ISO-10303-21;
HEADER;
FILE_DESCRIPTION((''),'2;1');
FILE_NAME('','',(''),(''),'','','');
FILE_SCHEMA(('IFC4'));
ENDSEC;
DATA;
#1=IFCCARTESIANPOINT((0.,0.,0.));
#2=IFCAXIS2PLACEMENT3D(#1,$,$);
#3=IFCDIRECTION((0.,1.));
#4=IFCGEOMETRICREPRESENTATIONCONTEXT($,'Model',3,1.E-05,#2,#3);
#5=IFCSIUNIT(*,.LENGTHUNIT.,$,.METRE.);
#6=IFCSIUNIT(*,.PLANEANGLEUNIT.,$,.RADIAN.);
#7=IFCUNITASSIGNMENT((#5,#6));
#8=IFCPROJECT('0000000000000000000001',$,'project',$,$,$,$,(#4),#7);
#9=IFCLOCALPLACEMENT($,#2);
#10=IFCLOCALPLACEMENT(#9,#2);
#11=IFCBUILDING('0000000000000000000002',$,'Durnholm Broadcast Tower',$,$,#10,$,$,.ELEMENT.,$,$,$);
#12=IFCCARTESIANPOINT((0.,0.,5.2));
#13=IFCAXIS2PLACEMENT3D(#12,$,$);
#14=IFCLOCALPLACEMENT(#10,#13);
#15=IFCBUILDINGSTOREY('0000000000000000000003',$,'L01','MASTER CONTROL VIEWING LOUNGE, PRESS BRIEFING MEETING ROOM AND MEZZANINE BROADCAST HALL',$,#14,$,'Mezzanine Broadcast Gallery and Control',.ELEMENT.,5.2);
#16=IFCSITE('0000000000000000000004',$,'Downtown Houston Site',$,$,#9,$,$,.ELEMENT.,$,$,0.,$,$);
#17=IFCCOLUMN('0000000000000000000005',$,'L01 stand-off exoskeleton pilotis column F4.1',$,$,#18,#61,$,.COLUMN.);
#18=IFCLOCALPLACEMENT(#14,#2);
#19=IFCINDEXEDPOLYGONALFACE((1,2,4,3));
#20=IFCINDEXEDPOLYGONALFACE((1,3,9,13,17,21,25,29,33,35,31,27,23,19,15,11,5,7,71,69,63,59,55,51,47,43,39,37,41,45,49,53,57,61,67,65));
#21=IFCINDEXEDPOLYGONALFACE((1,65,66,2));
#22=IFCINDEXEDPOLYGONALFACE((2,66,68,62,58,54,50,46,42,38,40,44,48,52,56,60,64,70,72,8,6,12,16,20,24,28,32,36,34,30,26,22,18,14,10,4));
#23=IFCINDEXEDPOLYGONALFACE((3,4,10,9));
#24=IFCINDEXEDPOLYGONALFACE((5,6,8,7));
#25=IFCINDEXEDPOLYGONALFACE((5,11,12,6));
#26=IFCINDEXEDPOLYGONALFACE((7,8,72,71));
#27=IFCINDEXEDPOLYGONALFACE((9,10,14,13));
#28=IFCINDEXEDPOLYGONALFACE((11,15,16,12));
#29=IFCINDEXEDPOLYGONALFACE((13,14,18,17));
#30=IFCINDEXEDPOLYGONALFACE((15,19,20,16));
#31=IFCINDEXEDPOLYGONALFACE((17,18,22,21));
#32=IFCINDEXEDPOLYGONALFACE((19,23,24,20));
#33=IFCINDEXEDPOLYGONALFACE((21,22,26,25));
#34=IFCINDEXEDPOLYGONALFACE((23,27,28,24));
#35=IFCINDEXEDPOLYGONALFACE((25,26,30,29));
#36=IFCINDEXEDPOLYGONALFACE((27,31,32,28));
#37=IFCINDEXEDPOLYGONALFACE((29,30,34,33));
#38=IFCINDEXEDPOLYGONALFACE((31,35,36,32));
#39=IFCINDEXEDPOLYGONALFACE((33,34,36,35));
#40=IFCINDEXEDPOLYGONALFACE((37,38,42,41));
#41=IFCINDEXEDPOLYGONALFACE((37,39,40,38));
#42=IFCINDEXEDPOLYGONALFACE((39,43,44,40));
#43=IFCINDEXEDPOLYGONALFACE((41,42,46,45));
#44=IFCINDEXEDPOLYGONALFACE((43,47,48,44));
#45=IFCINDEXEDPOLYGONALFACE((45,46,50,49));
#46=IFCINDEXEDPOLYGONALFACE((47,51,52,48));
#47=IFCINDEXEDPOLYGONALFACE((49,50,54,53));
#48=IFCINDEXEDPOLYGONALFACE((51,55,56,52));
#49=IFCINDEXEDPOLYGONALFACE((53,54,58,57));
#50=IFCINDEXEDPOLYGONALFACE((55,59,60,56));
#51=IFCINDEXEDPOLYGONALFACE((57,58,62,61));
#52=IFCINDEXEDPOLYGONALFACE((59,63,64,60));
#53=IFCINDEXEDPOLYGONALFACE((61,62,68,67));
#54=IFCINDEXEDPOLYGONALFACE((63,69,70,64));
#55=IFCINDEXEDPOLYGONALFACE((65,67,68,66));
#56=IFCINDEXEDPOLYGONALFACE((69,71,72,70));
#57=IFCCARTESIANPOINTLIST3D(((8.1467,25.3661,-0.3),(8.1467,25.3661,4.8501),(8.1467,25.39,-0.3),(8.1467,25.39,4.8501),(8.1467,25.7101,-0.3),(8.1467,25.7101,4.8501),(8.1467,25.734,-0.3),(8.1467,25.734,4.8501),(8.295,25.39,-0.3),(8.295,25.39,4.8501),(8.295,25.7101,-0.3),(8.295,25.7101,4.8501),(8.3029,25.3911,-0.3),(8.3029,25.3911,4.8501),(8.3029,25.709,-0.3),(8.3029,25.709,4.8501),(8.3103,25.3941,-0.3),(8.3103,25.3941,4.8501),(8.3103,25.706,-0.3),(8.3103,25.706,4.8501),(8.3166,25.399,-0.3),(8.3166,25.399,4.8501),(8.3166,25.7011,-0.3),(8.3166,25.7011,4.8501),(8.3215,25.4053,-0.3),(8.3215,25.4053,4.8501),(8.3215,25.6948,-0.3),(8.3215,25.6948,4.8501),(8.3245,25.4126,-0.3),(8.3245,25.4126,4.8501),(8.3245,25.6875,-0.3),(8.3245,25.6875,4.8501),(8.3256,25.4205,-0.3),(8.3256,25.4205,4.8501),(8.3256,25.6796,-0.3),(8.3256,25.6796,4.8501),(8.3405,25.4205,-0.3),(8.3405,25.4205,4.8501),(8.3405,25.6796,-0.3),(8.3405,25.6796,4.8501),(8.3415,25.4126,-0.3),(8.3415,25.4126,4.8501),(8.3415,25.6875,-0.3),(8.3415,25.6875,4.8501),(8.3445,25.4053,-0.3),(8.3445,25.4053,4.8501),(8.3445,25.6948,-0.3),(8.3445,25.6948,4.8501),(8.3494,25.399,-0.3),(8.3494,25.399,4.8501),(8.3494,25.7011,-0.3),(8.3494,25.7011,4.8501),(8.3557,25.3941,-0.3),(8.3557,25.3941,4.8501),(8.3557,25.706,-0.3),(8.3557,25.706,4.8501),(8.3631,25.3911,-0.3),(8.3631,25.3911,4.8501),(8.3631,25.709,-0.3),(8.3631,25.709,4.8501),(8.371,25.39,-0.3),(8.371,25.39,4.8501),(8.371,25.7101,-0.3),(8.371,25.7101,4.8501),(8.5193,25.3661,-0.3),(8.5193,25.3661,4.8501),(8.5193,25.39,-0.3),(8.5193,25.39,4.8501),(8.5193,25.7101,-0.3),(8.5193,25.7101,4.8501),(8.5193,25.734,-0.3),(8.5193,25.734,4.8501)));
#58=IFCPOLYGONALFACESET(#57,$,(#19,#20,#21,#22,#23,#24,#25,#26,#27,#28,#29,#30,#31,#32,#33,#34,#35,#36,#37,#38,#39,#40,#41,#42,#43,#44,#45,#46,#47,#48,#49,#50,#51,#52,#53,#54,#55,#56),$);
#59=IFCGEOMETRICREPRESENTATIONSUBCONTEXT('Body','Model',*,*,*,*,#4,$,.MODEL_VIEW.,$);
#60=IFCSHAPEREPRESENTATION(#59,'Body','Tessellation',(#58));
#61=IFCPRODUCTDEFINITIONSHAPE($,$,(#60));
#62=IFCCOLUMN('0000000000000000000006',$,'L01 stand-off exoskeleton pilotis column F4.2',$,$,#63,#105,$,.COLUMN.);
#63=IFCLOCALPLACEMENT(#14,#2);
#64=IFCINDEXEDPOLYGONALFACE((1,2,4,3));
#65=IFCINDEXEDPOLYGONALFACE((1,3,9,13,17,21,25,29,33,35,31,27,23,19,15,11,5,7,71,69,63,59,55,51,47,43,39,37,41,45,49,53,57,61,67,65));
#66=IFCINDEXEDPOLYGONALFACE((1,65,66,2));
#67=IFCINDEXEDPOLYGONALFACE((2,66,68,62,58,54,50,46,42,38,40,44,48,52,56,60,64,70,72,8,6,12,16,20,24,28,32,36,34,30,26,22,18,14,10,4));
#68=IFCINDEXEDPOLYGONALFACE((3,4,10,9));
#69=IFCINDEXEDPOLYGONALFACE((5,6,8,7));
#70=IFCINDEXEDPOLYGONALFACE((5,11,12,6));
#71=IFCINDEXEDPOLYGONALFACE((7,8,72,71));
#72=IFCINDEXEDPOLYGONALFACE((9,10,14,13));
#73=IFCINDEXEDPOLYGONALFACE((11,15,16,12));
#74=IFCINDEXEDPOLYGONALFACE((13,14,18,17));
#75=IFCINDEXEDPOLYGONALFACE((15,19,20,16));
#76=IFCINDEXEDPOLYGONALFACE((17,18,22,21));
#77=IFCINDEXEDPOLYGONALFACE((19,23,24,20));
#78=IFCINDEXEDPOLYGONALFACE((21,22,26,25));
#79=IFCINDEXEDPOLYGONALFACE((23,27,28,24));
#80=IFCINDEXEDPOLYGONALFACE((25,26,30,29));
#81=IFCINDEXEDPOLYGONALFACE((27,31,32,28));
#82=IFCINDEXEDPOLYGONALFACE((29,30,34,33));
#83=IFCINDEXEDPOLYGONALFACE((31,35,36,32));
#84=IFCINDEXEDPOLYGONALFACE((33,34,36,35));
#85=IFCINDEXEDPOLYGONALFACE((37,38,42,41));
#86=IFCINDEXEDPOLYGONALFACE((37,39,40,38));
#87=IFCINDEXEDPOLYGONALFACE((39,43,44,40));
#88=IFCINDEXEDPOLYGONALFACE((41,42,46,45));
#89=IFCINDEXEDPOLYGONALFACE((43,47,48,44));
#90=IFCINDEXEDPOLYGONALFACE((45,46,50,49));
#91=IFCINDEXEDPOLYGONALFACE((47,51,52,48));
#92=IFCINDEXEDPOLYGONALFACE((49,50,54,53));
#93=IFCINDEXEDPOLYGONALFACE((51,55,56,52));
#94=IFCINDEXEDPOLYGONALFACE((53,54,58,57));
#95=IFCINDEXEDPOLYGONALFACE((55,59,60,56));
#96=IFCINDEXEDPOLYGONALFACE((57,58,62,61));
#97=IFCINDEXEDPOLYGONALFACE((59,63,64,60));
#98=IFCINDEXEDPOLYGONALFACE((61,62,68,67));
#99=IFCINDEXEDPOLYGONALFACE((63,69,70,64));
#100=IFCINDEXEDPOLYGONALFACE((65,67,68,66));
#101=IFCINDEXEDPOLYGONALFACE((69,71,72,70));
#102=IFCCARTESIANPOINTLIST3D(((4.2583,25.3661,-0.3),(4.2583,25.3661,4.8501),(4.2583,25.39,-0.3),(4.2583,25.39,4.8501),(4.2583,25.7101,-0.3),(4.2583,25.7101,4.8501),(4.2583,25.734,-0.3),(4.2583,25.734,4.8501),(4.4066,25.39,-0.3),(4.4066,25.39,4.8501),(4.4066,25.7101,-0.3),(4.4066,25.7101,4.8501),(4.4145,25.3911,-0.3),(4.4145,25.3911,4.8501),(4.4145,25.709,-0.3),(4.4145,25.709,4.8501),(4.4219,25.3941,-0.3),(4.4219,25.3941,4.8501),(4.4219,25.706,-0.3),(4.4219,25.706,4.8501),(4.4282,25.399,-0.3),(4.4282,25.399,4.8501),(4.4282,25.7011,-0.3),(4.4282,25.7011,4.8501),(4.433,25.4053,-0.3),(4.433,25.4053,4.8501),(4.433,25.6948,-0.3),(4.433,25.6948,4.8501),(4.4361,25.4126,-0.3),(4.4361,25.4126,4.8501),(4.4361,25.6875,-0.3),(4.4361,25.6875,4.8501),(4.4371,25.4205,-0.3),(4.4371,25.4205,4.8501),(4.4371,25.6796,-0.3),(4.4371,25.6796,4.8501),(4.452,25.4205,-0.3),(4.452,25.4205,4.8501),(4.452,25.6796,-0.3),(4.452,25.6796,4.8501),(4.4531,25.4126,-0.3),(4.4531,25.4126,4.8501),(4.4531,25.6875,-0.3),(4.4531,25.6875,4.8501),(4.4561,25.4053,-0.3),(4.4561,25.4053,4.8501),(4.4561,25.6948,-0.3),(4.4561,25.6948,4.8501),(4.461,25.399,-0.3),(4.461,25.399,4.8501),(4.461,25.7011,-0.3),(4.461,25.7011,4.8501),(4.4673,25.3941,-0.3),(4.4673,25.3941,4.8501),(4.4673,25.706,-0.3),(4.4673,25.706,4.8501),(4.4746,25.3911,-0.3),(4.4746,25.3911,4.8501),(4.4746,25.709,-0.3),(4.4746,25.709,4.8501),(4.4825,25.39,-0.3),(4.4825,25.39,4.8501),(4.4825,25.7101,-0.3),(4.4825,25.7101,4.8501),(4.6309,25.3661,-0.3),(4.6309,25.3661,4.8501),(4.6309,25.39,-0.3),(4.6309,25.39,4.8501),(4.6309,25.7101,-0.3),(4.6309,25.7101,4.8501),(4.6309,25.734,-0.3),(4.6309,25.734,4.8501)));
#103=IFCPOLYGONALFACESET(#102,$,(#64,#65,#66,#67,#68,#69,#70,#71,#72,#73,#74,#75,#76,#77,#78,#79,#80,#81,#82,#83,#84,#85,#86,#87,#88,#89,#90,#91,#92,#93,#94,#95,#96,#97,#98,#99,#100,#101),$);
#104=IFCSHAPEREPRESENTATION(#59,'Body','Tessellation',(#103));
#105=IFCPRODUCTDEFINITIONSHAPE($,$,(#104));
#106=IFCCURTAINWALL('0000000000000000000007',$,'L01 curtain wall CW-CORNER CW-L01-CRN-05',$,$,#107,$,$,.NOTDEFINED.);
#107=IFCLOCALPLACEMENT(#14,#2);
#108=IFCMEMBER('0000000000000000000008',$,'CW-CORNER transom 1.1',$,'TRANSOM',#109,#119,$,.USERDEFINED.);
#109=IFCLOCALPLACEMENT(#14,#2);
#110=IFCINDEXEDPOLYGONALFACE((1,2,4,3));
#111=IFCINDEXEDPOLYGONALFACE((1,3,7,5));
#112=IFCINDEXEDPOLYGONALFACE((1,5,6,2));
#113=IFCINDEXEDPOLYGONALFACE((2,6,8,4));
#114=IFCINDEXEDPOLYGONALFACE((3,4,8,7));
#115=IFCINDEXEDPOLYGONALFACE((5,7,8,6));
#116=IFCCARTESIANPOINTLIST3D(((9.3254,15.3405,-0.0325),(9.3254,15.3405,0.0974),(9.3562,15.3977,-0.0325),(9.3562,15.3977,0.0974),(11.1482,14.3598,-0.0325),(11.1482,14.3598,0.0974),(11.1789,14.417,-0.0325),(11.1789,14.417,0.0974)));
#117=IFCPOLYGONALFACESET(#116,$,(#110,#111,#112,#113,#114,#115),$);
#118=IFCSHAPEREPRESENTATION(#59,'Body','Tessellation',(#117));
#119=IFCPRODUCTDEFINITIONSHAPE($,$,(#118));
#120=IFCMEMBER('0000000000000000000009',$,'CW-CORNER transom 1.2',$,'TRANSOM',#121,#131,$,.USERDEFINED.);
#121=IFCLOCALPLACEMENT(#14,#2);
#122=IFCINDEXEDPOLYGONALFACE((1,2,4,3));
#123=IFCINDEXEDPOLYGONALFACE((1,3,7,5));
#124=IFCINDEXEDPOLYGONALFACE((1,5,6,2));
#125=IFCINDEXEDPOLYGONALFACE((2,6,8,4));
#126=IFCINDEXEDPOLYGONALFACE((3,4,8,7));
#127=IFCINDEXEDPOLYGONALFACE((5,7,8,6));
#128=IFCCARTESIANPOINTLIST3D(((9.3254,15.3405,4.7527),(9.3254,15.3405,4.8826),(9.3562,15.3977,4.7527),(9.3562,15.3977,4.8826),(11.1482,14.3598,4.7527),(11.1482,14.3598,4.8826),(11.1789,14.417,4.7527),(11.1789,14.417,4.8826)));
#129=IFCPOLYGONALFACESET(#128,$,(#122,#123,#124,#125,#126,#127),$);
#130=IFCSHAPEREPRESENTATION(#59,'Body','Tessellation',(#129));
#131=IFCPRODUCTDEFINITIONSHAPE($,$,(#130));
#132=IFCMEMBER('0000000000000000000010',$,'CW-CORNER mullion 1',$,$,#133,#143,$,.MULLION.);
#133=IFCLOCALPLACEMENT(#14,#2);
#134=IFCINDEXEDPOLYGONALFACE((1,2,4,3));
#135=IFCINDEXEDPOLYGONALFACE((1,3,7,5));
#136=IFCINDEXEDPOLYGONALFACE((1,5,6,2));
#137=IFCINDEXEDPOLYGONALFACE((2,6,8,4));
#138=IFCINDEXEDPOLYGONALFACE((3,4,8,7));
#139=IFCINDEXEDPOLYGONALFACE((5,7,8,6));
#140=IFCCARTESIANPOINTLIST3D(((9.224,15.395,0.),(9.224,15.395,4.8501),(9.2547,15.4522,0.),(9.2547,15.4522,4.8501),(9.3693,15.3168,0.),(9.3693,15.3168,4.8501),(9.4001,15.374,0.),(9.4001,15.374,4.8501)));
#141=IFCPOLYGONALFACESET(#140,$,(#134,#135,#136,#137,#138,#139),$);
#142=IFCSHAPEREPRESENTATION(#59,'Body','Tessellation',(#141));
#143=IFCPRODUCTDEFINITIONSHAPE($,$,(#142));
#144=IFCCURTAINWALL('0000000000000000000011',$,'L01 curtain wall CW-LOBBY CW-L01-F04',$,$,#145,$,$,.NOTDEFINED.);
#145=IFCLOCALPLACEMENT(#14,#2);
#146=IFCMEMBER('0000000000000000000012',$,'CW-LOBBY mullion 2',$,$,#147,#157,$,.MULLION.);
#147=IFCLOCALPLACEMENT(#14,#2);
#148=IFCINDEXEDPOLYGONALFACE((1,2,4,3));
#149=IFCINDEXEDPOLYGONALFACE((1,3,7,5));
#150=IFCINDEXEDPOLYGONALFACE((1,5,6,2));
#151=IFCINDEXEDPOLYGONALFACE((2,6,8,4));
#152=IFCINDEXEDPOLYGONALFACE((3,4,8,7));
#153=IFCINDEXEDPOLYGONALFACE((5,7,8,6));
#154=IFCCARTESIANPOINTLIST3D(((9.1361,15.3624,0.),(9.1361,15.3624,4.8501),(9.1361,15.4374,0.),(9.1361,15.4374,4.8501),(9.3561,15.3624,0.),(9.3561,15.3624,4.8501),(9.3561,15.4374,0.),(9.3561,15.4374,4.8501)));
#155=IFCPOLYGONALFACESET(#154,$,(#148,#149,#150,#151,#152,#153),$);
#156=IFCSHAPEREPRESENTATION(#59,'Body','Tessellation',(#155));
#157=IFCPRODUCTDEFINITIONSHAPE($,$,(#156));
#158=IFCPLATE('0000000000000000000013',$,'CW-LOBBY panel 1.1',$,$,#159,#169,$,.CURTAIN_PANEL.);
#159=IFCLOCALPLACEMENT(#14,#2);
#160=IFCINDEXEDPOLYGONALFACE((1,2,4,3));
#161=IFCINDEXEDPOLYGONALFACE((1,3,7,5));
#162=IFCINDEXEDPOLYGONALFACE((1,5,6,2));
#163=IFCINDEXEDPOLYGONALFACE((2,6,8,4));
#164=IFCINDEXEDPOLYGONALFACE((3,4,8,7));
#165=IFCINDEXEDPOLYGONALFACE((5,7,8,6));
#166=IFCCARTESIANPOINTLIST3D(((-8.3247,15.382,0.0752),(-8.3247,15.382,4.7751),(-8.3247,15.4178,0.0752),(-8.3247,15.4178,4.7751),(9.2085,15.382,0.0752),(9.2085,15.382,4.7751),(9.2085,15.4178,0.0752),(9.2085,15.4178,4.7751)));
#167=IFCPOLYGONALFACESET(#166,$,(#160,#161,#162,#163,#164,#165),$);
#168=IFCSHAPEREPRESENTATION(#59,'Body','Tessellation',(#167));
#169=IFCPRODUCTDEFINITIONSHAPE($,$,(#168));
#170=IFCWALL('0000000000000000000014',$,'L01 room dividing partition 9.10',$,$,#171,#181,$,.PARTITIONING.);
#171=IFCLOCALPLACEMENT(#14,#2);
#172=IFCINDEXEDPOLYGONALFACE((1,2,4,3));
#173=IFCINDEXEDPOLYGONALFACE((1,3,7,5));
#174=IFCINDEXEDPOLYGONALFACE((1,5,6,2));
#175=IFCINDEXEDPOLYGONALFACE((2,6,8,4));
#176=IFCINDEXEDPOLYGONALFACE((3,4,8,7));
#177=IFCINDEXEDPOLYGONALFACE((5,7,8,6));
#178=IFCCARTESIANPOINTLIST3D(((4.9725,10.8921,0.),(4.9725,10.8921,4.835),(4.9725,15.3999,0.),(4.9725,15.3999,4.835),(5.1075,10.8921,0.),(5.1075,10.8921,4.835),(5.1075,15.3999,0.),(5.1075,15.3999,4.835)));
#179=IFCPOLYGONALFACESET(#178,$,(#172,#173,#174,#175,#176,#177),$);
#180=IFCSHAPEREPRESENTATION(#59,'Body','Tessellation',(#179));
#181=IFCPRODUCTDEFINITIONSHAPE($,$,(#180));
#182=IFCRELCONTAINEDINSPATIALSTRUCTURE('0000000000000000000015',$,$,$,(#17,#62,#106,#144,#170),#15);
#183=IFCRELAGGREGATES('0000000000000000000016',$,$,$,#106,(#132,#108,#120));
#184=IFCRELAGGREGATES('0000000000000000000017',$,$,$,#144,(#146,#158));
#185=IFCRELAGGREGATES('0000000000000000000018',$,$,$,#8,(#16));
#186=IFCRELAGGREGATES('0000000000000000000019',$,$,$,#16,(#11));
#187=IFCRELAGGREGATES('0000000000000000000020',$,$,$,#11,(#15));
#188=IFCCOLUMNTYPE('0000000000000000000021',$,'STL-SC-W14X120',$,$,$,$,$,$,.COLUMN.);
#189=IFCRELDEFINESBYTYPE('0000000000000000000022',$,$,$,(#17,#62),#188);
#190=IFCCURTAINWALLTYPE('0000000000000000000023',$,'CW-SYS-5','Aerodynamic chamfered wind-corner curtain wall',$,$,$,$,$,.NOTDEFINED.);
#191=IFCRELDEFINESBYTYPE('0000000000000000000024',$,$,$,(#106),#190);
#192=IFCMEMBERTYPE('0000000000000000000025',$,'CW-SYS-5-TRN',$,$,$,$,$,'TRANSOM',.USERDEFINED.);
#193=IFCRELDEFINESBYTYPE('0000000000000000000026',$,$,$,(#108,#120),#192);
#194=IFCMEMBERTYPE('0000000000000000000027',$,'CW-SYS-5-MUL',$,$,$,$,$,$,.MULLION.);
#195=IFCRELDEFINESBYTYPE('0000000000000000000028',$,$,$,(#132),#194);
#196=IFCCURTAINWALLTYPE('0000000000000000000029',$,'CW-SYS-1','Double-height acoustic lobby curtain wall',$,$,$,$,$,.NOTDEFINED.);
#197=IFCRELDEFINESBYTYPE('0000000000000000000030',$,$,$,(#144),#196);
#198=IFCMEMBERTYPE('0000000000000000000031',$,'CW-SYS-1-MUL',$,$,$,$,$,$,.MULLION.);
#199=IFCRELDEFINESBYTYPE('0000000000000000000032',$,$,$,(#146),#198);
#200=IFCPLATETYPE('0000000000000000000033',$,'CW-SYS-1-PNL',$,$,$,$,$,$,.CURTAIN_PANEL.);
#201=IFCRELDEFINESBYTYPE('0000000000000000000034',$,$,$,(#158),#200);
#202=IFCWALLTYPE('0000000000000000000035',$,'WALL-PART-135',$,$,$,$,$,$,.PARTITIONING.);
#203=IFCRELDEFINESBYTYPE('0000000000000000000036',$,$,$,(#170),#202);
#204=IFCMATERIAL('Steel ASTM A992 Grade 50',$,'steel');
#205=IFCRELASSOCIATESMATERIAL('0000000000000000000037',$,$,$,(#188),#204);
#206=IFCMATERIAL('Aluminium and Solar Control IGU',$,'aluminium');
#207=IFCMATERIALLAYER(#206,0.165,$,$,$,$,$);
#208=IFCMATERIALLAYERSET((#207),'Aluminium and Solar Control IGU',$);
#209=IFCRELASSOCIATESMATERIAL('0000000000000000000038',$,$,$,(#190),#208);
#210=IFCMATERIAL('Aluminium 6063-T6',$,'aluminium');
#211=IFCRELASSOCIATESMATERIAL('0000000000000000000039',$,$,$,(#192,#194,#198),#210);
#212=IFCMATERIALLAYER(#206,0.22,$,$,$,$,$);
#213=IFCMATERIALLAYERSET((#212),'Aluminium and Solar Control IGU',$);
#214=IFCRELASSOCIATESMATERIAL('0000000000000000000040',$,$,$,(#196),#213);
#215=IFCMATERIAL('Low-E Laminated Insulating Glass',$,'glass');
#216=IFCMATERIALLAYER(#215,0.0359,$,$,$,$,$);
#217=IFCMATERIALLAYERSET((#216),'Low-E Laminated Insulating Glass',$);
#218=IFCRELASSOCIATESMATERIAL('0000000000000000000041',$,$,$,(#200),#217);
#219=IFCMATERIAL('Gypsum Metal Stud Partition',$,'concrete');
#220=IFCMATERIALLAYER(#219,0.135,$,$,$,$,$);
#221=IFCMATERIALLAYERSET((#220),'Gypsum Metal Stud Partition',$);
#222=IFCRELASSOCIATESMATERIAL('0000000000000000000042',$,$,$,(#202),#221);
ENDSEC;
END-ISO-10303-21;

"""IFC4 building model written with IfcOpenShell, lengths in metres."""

from ifc_helpers import new_model, si_unit, direction, frame, frame_2d, origin, origin_2d, place, context, subcontext, project, spatial, rectangle, i_section, extrude, source, transform, mapped, material, layer, layer_set, material_profile, profile_set, type_object, type_shapes, element, aggregate, save


model = new_model("IFC4")

# Units and contexts
model_context = context("Model", 3, precision=1e-05, world=origin(), true_north=direction((0.0, 1.0)))
body_context = subcontext(model_context, "Body", "Model", "MODEL_VIEW")
ifc_project = project(units=[si_unit("LENGTHUNIT", "METRE"), si_unit("PLANEANGLEUNIT", "RADIAN")], contexts=[model_context])

# Site, building, storey
site_placement = place(None, origin())
site = spatial("IfcSite", under=ifc_project, at=site_placement, Name="Downtown Houston Site", CompositionType="ELEMENT", RefElevation=0.0)
building_placement = place(site_placement, origin())
building = spatial("IfcBuilding", under=site, at=building_placement, Name="Durnholm Broadcast Tower", CompositionType="ELEMENT")
storey_placement = place(building_placement, frame((0.0, 0.0, 5.2)))
storey = spatial("IfcBuildingStorey", under=building, at=storey_placement, Name="L01", Description="MASTER CONTROL VIEWING LOUNGE, PRESS BRIEFING MEETING ROOM AND MEZZANINE BROADCAST HALL", LongName="Mezzanine Broadcast Gallery and Control", CompositionType="ELEMENT", Elevation=5.2)

# Columns
ifc_material_1 = material(Name="Steel ASTM A992 Grade 50", Category="steel")
ifc_material_profile_1 = material_profile(ifc_material_1, i_section(OverallWidth=0.3726, OverallDepth=0.3679, WebThickness=0.0149, FlangeThickness=0.0239, FilletRadius=0.0305, at=origin_2d()), Name="W14X120")
ifc_profile_set_1 = profile_set([ifc_material_profile_1], Name="Steel ASTM A992 Grade 50")
column_type = type_object("IfcColumnType", Name="STL-SC-W14X120", PredefinedType="COLUMN", material=ifc_profile_set_1)
shared_shape_1 = source(origin(), body_context, "Body", "SweptSolid", [
    extrude(i_section(OverallWidth=0.3726, OverallDepth=0.3679, WebThickness=0.0149, FlangeThickness=0.0239, FilletRadius=0.0305, at=origin_2d()), origin(), (0.0, 0.0, 1.0), 5.1501),
])
type_shapes(column_type, [shared_shape_1])
for number, where, z_axis, x_axis, name in (
    (1, (8.333, 25.55, -0.3), (0.0, 0.0, 1.0), (1.0, 0.0, 0.0), "L01 stand-off exoskeleton pilotis column F4.1"),
    (2, (4.4446, 25.55, -0.3), (0.0, 0.0, 1.0), (1.0, 0.0, 0.0), "L01 stand-off exoskeleton pilotis column F4.2"),
):
    element("IfcColumn", number, at=place(storey_placement, frame(where, z_axis=z_axis, x_axis=x_axis)), inside=storey, type_object=column_type, Name=name, PredefinedType="COLUMN", context=body_context, shape_type="MappedRepresentation", body=[
        mapped(shared_shape_1, transform((0.0, 0.0, 0.0), x_axis=(1.0, 0.0, 0.0), y_axis=(0.0, 1.0, 0.0), z_axis=(0.0, 0.0, 1.0), scale=1.0)),
    ])

# Curtain wall, members
ifc_material_2 = material(Name="Aluminium and Solar Control IGU", Category="aluminium")
ifc_layer_1 = layer(ifc_material_2, 0.165)
ifc_layer_set_1 = layer_set([ifc_layer_1], Name="Aluminium and Solar Control IGU")
curtain_wall_type_1 = type_object("IfcCurtainWallType", Name="CW-SYS-5", Description="Aerodynamic chamfered wind-corner curtain wall", PredefinedType="NOTDEFINED", material=ifc_layer_set_1)
curtain_wall_1_placement = place(storey_placement, origin())
curtain_wall_1 = element("IfcCurtainWall", 3, at=curtain_wall_1_placement, inside=storey, type_object=curtain_wall_type_1, Name="L01 curtain wall CW-CORNER CW-L01-CRN-05", PredefinedType="NOTDEFINED")
ifc_material_3 = material(Name="Aluminium 6063-T6", Category="aluminium")
ifc_material_profile_2 = material_profile(ifc_material_3, rectangle(XDim=0.0649, YDim=0.1299, at=origin_2d()), Name="CWT65X130")
ifc_profile_set_2 = profile_set([ifc_material_profile_2], Name="Aluminium 6063-T6")
member_type_1 = type_object("IfcMemberType", Name="CW-SYS-5-TRN", ElementType="TRANSOM", PredefinedType="USERDEFINED", material=ifc_profile_set_2)
shared_shape_2 = source(origin(), body_context, "Body", "SweptSolid", [
    extrude(rectangle(XDim=0.0649, YDim=0.1299, at=origin_2d()), origin(), (0.0, 0.0, 1.0), 2.0698),
])
type_shapes(member_type_1, [shared_shape_2])
member_1_placement = place(storey_placement, frame((9.3408, 15.3691, 0.0325), z_axis=(0.880626, -0.473811, 0.0), x_axis=(0.473811, 0.880626, 0.0)))
member_1 = element("IfcMember", 4, at=member_1_placement, type_object=member_type_1, Name="CW-CORNER transom 1.1", ObjectType="TRANSOM", PredefinedType="USERDEFINED", context=body_context, shape_type="MappedRepresentation", body=[
    mapped(shared_shape_2, transform((0.0, 0.0, 0.0), x_axis=(1.0, 0.0, 0.0), y_axis=(0.0, 1.0, 0.0), z_axis=(0.0, 0.0, 1.0), scale=1.0)),
])
member_2_placement = place(storey_placement, frame((9.3408, 15.3691, 4.8176), z_axis=(0.880626, -0.473811, 0.0), x_axis=(0.473811, 0.880626, 0.0)))
member_2 = element("IfcMember", 5, at=member_2_placement, type_object=member_type_1, Name="CW-CORNER transom 1.2", ObjectType="TRANSOM", PredefinedType="USERDEFINED", context=body_context, shape_type="MappedRepresentation", body=[
    mapped(shared_shape_2, transform((0.0, 0.0, 0.0), x_axis=(1.0, 0.0, 0.0), y_axis=(0.0, 1.0, 0.0), z_axis=(0.0, 0.0, 1.0), scale=1.0)),
])
ifc_material_profile_3 = material_profile(ifc_material_3, rectangle(XDim=0.0649, YDim=0.165, at=origin_2d()), Name="CWM65X165")
ifc_profile_set_3 = profile_set([ifc_material_profile_3], Name="Aluminium 6063-T6")
member_type_2 = type_object("IfcMemberType", Name="CW-SYS-5-MUL", PredefinedType="MULLION", material=ifc_profile_set_3)
shared_shape_3 = source(origin(), body_context, "Body", "SweptSolid", [
    extrude(rectangle(XDim=0.0649, YDim=0.165, at=origin_2d()), origin(), (0.0, 0.0, 1.0), 4.8501),
])
type_shapes(member_type_2, [shared_shape_3])
member_3_placement = place(storey_placement, frame((9.312, 15.3845, 0.0), z_axis=(0.0, 0.0, 1.0), x_axis=(0.473812, 0.880626, 0.0)))
member_3 = element("IfcMember", 6, at=member_3_placement, type_object=member_type_2, Name="CW-CORNER mullion 1", PredefinedType="MULLION", context=body_context, shape_type="MappedRepresentation", body=[
    mapped(shared_shape_3, transform((0.0, 0.0, 0.0), x_axis=(1.0, 0.0, 0.0), y_axis=(0.0, 1.0, 0.0), z_axis=(0.0, 0.0, 1.0), scale=1.0)),
])
aggregate(curtain_wall_1, [member_3, member_1, member_2])

# Curtain wall, member, plate
ifc_layer_2 = layer(ifc_material_2, 0.22)
ifc_layer_set_2 = layer_set([ifc_layer_2], Name="Aluminium and Solar Control IGU")
curtain_wall_type_2 = type_object("IfcCurtainWallType", Name="CW-SYS-1", Description="Double-height acoustic lobby curtain wall", PredefinedType="NOTDEFINED", material=ifc_layer_set_2)
curtain_wall_2_placement = place(storey_placement, origin())
curtain_wall_2 = element("IfcCurtainWall", 7, at=curtain_wall_2_placement, inside=storey, type_object=curtain_wall_type_2, Name="L01 curtain wall CW-LOBBY CW-L01-F04", PredefinedType="NOTDEFINED")
ifc_material_profile_4 = material_profile(ifc_material_3, rectangle(XDim=0.075, YDim=0.22, at=origin_2d()), Name="CWM75X220")
ifc_profile_set_4 = profile_set([ifc_material_profile_4], Name="Aluminium 6063-T6")
member_type_3 = type_object("IfcMemberType", Name="CW-SYS-1-MUL", PredefinedType="MULLION", material=ifc_profile_set_4)
shared_shape_4 = source(origin(), body_context, "Body", "SweptSolid", [
    extrude(rectangle(XDim=0.075, YDim=0.22, at=origin_2d()), origin(), (0.0, 0.0, 1.0), 4.8501),
])
type_shapes(member_type_3, [shared_shape_4])
member_4_placement = place(storey_placement, frame((9.2461, 15.3999, 0.0), z_axis=(0.0, 0.0, 1.0), x_axis=(0.0, 1.0, 0.0)))
member_4 = element("IfcMember", 8, at=member_4_placement, type_object=member_type_3, Name="CW-LOBBY mullion 2", PredefinedType="MULLION", context=body_context, shape_type="MappedRepresentation", body=[
    mapped(shared_shape_4, transform((0.0, 0.0, 0.0), x_axis=(1.0, 0.0, 0.0), y_axis=(0.0, 1.0, 0.0), z_axis=(0.0, 0.0, 1.0), scale=1.0)),
])
ifc_material_4 = material(Name="Low-E Laminated Insulating Glass", Category="glass")
ifc_layer_3 = layer(ifc_material_4, 0.0359)
ifc_layer_set_3 = layer_set([ifc_layer_3], Name="Low-E Laminated Insulating Glass")
plate_type = type_object("IfcPlateType", Name="CW-SYS-1-PNL", PredefinedType="CURTAIN_PANEL", material=ifc_layer_set_3)
shared_shape_5 = source(origin(), body_context, "Body", "SweptSolid", [
    extrude(rectangle(XDim=17.5332, YDim=0.0359, at=origin_2d()), origin(), (0.0, 0.0, 1.0), 4.7),
])
type_shapes(plate_type, [shared_shape_5])
plate_placement = place(storey_placement, frame((0.4419, 15.3999, 0.0752), z_axis=(0.0, 0.0, 1.0), x_axis=(1.0, 0.0, 0.0)))
plate = element("IfcPlate", 9, at=plate_placement, type_object=plate_type, Name="CW-LOBBY panel 1.1", PredefinedType="CURTAIN_PANEL", context=body_context, shape_type="MappedRepresentation", body=[
    mapped(shared_shape_5, transform((0.0, 0.0, 0.0), x_axis=(1.0, 0.0, 0.0), y_axis=(0.0, 1.0, 0.0), z_axis=(0.0, 0.0, 1.0), scale=1.0)),
])
aggregate(curtain_wall_2, [member_4, plate])

# Wall
ifc_material_5 = material(Name="Gypsum Metal Stud Partition", Category="concrete")
ifc_layer_4 = layer(ifc_material_5, 0.135)
ifc_layer_set_4 = layer_set([ifc_layer_4], Name="Gypsum Metal Stud Partition")
wall_type_1 = type_object("IfcWallType", Name="WALL-PART-135", PredefinedType="PARTITIONING", material=ifc_layer_set_4)
wall_1_placement = place(storey_placement, frame((5.04, 15.3999, 0.0), z_axis=(0.0, 0.0, 1.0), x_axis=(0.0, -1.0, 0.0)))
element("IfcWall", 10, at=wall_1_placement, inside=storey, type_object=wall_type_1, Name="L01 room dividing partition 9.10", PredefinedType="PARTITIONING", context=body_context, shape_type="SweptSolid", body=[
    extrude(rectangle(XDim=4.5078, YDim=0.135, at=frame_2d((2.2539, 0.0))), origin(), (0.0, 0.0, 1.0), 4.835),
])

save(model, "model.ifc")
